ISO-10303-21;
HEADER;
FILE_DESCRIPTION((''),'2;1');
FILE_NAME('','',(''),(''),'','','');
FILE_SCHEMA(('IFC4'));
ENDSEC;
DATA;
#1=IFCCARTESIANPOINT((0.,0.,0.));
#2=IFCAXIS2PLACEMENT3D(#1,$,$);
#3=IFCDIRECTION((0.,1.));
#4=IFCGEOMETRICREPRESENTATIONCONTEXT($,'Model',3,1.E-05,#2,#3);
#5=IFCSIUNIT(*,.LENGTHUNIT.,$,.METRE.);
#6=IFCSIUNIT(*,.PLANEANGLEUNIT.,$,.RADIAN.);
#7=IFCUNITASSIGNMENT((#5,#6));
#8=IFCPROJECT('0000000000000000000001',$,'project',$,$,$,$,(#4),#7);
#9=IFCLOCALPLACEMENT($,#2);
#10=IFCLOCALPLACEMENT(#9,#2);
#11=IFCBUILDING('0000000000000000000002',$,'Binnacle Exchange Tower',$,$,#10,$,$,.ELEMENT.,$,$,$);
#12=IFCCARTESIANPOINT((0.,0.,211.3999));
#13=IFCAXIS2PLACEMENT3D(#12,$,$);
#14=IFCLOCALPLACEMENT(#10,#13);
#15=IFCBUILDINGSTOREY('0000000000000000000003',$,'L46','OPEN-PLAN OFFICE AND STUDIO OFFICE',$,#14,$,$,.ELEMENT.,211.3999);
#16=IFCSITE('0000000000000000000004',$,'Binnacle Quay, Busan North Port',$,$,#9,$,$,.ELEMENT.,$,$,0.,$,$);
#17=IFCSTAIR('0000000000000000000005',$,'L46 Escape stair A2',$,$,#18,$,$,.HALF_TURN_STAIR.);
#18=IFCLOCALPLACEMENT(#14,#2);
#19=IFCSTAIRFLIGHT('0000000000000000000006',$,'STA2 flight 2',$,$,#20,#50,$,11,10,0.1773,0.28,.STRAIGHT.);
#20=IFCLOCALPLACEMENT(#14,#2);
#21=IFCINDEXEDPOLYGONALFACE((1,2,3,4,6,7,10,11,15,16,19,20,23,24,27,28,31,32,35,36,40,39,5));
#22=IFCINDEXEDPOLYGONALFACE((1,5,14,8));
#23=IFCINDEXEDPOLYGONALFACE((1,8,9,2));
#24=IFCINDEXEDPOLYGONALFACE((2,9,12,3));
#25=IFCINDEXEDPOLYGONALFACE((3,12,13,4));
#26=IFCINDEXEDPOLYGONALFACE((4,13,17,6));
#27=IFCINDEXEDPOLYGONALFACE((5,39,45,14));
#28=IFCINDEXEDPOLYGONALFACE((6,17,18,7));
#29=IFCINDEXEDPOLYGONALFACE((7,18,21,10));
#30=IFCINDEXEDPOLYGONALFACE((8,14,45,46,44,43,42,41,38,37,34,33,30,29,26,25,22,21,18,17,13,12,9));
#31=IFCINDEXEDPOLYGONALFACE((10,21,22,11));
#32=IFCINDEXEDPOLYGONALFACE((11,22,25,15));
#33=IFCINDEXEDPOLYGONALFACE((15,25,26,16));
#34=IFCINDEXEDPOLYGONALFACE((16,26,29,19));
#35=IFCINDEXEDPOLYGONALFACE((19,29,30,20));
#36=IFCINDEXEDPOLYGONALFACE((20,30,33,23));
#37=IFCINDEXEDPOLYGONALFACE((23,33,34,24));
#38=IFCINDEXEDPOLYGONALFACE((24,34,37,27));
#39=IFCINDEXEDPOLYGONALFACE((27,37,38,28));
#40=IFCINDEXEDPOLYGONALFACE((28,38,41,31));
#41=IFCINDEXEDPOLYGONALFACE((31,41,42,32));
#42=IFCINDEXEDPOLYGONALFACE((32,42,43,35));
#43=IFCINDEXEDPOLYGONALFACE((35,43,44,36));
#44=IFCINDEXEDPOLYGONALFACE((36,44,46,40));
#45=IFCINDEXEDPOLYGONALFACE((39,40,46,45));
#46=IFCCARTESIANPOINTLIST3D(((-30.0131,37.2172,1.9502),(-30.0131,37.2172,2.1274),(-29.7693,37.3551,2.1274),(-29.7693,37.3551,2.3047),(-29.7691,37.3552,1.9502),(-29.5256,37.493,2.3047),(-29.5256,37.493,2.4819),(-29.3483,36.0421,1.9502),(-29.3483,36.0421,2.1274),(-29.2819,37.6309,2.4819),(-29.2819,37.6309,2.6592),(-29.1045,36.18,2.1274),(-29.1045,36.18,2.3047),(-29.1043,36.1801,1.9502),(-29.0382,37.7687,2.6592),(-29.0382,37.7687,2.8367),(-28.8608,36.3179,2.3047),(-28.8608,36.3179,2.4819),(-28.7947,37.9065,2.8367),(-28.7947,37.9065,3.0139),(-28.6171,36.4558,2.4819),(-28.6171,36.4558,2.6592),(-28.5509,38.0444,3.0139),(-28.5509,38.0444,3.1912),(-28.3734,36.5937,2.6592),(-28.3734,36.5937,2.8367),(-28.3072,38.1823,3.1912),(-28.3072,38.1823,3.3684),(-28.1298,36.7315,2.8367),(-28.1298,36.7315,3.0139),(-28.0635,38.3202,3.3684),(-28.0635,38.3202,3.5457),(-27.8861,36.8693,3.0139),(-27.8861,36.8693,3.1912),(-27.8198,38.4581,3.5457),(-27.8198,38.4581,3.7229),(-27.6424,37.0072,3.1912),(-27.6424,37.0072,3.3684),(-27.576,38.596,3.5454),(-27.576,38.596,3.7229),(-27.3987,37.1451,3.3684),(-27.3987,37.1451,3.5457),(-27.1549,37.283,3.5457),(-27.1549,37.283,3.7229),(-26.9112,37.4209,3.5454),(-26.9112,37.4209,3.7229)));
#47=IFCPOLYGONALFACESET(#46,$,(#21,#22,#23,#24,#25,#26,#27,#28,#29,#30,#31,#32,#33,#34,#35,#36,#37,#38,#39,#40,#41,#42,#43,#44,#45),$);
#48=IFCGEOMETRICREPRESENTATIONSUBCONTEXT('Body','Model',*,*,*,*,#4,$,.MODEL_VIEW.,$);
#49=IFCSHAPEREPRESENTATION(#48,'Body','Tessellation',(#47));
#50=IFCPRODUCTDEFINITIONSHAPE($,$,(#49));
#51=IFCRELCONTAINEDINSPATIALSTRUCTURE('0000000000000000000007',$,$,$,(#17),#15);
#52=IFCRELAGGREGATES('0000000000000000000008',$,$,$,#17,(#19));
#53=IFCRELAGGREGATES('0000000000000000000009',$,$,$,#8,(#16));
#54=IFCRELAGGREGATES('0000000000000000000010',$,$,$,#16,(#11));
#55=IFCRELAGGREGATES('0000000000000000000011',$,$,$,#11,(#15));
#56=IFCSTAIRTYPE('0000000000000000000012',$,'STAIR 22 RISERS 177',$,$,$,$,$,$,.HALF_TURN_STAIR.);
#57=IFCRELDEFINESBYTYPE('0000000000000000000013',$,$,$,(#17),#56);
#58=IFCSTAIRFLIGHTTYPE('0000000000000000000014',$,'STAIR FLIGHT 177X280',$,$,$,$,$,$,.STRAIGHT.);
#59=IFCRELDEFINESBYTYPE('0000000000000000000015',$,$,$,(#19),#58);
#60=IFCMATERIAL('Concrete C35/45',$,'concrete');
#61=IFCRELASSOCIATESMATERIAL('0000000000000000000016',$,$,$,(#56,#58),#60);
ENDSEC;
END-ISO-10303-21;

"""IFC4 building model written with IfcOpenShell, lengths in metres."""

from ifc_helpers import new_model, si_unit, direction, frame, origin, place, context, subcontext, project, spatial, polyline, outline, extrude, material, type_object, element, aggregate, save


model = new_model("IFC4")

# Units and contexts
model_context = context("Model", 3, precision=1e-05, world=origin(), true_north=direction((0.0, 1.0)))
body_context = subcontext(model_context, "Body", "Model", "MODEL_VIEW")
ifc_project = project(units=[si_unit("LENGTHUNIT", "METRE"), si_unit("PLANEANGLEUNIT", "RADIAN")], contexts=[model_context])

# Site, building, storey
site_placement = place(None, origin())
site = spatial("IfcSite", under=ifc_project, at=site_placement, Name="Binnacle Quay, Busan North Port", CompositionType="ELEMENT", RefElevation=0.0)
building_placement = place(site_placement, origin())
building = spatial("IfcBuilding", under=site, at=building_placement, Name="Binnacle Exchange Tower", CompositionType="ELEMENT")
storey_placement = place(building_placement, frame((0.0, 0.0, 211.3999)))
storey = spatial("IfcBuildingStorey", under=building, at=storey_placement, Name="L46", Description="OPEN-PLAN OFFICE AND STUDIO OFFICE", CompositionType="ELEMENT", Elevation=211.3999)

# Stair, stair flight
ifc_material_1 = material(Name="Concrete C35/45", Category="concrete")
stair_type = type_object("IfcStairType", Name="STAIR 22 RISERS 177", PredefinedType="HALF_TURN_STAIR", material=ifc_material_1)
stair_placement = place(storey_placement, origin())
stair = element("IfcStair", 1, at=stair_placement, inside=storey, type_object=stair_type, Name="L46 Escape stair A2", PredefinedType="HALF_TURN_STAIR")
stair_flight_type = type_object("IfcStairFlightType", Name="STAIR FLIGHT 177X280", PredefinedType="STRAIGHT", material=ifc_material_1)
stair_flight_placement = place(storey_placement, frame((-29.6807, 36.6296, 1.9502), z_axis=(0.0, 0.0, 1.0), x_axis=(0.870356, 0.492424, 0.0)))
stair_flight = element("IfcStairFlight", 2, at=stair_flight_placement, type_object=stair_flight_type, Name="STA2 flight 2", NumberOfRisers=11, NumberOfTreads=10, PredefinedType="STRAIGHT", RiserHeight=0.1773, TreadLength=0.28, context=body_context, shape_type="SweptSolid", body=[
    extrude(outline(polyline([(0.0, 0.0), (0.0, 0.1772), (0.28, 0.1772), (0.28, 0.3545), (0.5601, 0.3545), (0.5601, 0.5317), (0.8401, 0.5317), (0.8401, 0.709), (1.1201, 0.709), (1.1201, 0.8865), (1.3999, 0.8865), (1.3999, 1.0637), (1.6799, 1.0637), (1.6799, 1.241), (1.96, 1.241), (1.96, 1.4182), (2.24, 1.4182), (2.24, 1.5955), (2.52, 1.5955), (2.52, 1.7727), (2.8, 1.7727), (2.8, 1.95), (2.8, 1.5952), (0.2803, 0.0), (0.0, 0.0)])), frame((0.0, 0.675, 0.0), z_axis=(0.0, -1.0, 0.0), x_axis=(1.0, 0.0, 0.0)), (0.0, 0.0, 1.0), 1.3501),
])
aggregate(stair, [stair_flight])

save(model, "model.ifc")
